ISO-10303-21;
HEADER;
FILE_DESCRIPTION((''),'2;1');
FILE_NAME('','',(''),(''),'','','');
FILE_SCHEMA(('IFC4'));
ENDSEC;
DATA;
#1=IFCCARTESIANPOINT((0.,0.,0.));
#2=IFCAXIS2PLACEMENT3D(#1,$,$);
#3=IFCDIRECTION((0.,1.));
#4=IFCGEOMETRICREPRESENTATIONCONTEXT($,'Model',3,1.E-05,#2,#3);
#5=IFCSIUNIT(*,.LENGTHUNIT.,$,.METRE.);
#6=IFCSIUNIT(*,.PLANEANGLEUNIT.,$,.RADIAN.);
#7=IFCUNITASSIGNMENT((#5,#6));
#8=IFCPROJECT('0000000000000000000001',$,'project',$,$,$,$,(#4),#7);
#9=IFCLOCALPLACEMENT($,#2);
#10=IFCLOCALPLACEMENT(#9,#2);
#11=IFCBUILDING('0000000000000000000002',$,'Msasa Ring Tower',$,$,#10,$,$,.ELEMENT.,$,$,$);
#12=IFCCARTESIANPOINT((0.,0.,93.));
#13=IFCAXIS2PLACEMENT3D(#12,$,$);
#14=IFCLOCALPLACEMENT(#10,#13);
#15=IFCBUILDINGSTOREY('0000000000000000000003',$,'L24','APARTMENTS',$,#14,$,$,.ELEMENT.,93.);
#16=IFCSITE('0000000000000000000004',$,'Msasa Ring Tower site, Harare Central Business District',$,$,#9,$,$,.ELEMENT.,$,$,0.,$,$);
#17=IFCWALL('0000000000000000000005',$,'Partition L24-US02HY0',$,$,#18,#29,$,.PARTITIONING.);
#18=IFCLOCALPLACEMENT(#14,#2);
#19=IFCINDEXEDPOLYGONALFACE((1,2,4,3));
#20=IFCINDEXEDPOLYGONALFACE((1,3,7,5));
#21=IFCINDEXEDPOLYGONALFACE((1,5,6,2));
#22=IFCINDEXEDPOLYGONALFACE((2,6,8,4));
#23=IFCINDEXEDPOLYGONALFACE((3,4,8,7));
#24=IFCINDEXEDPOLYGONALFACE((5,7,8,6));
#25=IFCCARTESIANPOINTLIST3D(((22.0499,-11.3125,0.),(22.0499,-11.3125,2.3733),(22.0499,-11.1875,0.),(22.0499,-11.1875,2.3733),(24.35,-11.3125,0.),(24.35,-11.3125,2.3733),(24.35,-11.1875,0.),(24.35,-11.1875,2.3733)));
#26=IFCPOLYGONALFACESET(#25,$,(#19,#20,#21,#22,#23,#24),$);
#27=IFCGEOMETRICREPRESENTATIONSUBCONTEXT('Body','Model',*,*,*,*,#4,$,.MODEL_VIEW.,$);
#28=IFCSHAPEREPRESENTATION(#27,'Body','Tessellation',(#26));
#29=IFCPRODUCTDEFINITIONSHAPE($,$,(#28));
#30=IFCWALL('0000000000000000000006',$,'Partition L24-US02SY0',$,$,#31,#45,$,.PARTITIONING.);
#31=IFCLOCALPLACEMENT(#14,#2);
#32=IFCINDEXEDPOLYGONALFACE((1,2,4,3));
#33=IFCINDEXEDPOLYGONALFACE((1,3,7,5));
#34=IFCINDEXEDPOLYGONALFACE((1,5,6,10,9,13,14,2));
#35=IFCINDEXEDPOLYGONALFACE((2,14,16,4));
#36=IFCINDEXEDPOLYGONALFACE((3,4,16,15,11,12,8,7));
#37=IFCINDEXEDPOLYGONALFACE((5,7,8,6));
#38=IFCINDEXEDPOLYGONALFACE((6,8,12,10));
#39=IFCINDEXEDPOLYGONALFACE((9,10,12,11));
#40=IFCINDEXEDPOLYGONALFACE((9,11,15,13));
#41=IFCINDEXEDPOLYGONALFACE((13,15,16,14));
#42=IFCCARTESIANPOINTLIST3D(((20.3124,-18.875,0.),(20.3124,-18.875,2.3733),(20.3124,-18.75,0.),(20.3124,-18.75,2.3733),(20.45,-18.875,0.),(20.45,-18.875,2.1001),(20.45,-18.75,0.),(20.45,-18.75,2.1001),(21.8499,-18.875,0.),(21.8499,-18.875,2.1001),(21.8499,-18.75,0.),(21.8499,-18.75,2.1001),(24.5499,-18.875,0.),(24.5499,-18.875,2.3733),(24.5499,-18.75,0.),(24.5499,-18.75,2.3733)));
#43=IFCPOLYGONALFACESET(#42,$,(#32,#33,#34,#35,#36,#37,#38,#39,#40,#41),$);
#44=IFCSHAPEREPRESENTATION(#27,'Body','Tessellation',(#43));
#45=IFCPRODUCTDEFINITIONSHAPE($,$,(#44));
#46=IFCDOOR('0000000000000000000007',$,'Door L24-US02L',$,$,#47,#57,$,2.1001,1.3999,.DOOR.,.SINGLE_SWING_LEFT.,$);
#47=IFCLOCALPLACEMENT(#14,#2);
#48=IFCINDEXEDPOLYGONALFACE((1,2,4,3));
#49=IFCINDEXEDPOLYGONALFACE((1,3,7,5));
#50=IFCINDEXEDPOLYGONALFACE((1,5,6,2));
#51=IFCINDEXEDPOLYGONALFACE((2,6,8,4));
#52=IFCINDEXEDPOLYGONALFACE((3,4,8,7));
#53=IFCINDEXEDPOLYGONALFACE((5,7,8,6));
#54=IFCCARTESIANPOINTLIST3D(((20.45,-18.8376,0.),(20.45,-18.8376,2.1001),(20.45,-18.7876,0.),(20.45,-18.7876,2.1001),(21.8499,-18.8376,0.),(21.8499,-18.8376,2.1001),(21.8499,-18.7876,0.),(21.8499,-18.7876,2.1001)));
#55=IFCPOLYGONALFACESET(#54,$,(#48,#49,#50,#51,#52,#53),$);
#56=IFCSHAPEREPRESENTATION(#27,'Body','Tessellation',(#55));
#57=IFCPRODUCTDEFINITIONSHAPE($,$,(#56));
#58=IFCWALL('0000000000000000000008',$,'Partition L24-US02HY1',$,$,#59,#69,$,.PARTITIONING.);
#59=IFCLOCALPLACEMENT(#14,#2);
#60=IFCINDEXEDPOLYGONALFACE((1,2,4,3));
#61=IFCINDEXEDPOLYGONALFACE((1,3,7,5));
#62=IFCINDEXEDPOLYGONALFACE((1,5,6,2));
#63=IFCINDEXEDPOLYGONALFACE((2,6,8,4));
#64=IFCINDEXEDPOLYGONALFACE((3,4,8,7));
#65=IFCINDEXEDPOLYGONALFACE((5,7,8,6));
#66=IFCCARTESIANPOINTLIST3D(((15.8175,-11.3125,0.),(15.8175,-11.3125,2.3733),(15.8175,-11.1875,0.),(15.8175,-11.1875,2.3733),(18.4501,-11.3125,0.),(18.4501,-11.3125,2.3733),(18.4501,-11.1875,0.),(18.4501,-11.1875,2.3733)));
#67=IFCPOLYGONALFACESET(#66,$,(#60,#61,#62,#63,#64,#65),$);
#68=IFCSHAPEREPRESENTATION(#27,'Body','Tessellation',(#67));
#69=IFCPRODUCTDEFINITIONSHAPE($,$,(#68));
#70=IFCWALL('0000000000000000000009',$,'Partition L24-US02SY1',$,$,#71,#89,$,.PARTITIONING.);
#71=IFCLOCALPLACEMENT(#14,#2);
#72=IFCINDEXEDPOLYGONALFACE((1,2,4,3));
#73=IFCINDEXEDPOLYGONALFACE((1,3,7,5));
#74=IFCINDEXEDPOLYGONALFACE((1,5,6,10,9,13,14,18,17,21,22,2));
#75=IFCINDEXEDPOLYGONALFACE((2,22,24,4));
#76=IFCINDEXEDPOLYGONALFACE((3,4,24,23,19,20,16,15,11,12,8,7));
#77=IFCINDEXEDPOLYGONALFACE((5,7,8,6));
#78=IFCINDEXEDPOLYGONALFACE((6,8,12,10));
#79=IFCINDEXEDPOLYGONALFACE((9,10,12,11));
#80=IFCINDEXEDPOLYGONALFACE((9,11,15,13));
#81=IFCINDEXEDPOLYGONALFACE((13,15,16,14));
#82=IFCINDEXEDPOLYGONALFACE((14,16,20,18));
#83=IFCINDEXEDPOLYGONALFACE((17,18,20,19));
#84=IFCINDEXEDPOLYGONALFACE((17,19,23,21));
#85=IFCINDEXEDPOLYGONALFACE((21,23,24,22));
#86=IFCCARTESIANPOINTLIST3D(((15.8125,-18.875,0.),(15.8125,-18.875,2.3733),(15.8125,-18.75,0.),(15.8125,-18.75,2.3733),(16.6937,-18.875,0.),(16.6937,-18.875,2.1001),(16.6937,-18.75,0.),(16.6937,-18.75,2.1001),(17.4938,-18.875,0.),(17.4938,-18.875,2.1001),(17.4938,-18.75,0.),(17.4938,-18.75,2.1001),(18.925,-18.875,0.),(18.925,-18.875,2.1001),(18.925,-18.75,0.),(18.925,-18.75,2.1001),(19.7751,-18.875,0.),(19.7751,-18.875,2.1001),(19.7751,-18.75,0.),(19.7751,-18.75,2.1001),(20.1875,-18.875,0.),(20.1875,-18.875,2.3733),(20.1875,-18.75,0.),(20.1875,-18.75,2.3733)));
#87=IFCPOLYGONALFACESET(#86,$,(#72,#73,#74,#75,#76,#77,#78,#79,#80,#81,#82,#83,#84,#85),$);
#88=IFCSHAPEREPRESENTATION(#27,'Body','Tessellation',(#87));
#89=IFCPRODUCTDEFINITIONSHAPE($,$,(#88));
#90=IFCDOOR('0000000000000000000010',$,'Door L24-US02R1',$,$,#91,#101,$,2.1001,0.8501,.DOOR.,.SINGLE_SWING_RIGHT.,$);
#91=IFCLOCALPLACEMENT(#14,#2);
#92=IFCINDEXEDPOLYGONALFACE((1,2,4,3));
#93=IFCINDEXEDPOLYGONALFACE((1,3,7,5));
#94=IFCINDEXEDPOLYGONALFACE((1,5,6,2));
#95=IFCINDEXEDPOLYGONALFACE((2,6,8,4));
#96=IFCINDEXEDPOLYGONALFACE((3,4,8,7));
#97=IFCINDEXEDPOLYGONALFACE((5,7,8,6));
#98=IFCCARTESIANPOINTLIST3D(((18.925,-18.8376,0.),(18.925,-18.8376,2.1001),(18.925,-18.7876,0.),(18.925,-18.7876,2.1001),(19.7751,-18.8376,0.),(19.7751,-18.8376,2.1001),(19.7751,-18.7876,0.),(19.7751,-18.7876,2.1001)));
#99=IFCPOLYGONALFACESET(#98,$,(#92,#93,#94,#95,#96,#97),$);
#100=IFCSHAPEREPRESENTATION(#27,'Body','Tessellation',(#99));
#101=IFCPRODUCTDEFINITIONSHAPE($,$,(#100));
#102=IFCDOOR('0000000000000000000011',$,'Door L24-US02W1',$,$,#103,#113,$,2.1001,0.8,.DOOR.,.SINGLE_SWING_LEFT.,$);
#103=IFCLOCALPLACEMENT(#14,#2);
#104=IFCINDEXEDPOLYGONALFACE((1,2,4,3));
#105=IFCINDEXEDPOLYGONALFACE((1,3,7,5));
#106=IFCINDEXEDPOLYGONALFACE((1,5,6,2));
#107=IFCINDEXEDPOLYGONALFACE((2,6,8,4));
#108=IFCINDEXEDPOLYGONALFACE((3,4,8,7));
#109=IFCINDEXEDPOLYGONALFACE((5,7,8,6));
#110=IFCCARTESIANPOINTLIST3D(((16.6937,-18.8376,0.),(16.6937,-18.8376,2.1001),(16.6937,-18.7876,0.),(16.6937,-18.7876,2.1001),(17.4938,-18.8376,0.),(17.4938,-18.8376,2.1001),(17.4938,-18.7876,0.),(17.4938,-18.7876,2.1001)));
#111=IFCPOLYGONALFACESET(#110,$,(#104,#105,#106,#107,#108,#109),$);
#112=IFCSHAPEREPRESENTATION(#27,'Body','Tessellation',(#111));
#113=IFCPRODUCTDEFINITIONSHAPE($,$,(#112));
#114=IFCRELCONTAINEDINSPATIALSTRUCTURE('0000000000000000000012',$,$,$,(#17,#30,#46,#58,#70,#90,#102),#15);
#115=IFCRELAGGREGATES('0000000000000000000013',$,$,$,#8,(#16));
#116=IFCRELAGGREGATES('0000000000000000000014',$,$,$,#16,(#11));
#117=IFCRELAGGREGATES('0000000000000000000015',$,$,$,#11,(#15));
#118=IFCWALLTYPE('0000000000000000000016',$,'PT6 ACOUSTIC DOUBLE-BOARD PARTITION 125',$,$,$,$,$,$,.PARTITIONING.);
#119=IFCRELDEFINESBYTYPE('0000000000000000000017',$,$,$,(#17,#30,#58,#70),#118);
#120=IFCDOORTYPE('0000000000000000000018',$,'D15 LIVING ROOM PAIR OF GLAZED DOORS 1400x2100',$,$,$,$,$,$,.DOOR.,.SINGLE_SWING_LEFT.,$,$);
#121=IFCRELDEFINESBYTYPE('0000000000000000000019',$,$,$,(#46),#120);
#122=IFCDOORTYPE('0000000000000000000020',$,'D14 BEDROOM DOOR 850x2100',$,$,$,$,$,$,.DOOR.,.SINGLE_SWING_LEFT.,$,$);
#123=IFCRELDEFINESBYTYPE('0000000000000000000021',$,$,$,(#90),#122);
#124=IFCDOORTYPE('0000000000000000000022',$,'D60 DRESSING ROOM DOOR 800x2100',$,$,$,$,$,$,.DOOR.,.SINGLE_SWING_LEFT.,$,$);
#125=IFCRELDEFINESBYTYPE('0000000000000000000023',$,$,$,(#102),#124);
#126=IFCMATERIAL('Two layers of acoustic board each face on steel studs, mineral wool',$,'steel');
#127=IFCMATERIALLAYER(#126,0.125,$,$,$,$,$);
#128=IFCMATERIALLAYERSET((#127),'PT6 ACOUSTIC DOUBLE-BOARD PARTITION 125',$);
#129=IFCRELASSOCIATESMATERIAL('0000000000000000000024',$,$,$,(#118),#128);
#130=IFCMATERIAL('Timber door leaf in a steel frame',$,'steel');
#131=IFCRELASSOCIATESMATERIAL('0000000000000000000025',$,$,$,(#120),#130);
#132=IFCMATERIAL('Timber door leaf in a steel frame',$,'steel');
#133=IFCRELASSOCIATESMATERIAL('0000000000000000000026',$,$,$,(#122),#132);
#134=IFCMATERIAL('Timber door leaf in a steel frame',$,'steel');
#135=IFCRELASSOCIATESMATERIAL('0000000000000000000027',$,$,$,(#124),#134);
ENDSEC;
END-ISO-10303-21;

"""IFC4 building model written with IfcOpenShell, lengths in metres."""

from ifc_helpers import new_model, si_unit, direction, frame, frame_2d, origin, place, context, subcontext, project, spatial, rectangle, extrude, material, layer, layer_set, type_object, element, fill, save


model = new_model("IFC4")

# Units and contexts
model_context = context("Model", 3, precision=1e-05, world=origin(), true_north=direction((0.0, 1.0)))
body_context = subcontext(model_context, "Body", "Model", "MODEL_VIEW")
ifc_project = project(units=[si_unit("LENGTHUNIT", "METRE"), si_unit("PLANEANGLEUNIT", "RADIAN")], contexts=[model_context])

# Site, building, storey
site_placement = place(None, origin())
site = spatial("IfcSite", under=ifc_project, at=site_placement, Name="Msasa Ring Tower site, Harare Central Business District", CompositionType="ELEMENT", RefElevation=0.0)
building_placement = place(site_placement, origin())
building = spatial("IfcBuilding", under=site, at=building_placement, Name="Msasa Ring Tower", CompositionType="ELEMENT")
storey_placement = place(building_placement, frame((0.0, 0.0, 93.0)))
storey = spatial("IfcBuildingStorey", under=building, at=storey_placement, Name="L24", Description="APARTMENTS", CompositionType="ELEMENT", Elevation=93.0)

# Wall
ifc_material_1 = material(Name="Two layers of acoustic board each face on steel studs, mineral wool", Category="steel")
ifc_layer_1 = layer(ifc_material_1, 0.125)
ifc_layer_set_1 = layer_set([ifc_layer_1], Name="PT6 ACOUSTIC DOUBLE-BOARD PARTITION 125")
wall_type_1 = type_object("IfcWallType", Name="PT6 ACOUSTIC DOUBLE-BOARD PARTITION 125", PredefinedType="PARTITIONING", material=ifc_layer_set_1)
wall_1_placement = place(storey_placement, frame((22.05, -11.25, 0.0), z_axis=(0.0, 0.0, 1.0), x_axis=(1.0, 0.0, 0.0)))
element("IfcWall", 1, at=wall_1_placement, inside=storey, type_object=wall_type_1, Name="Partition L24-US02HY0", PredefinedType="PARTITIONING", context=body_context, shape_type="SweptSolid", body=[
    extrude(rectangle(XDim=2.3, YDim=0.125, at=frame_2d((1.1499, 0.0))), origin(), (0.0, 0.0, 1.0), 2.3733),
])

# Wall, opening, door
wall_2_placement = place(storey_placement, frame((20.3125, -18.8125, 0.0), z_axis=(0.0, 0.0, 1.0), x_axis=(1.0, 0.0, 0.0)))
wall_2 = element("IfcWall", 2, at=wall_2_placement, inside=storey, type_object=wall_type_1, Name="Partition L24-US02SY0", PredefinedType="PARTITIONING", context=body_context, shape_type="SweptSolid", body=[
    extrude(rectangle(XDim=4.2375, YDim=0.125, at=frame_2d((2.1187, 0.0))), origin(), (0.0, 0.0, 1.0), 2.3733),
])
opening_1_placement = place(wall_2_placement, frame((0.1375, 0.0, 0.0)))
opening_1 = element("IfcOpeningElement", 3, at=opening_1_placement, cuts=wall_2, PredefinedType="OPENING", context=body_context, shape_type="SweptSolid", body=[
    extrude(rectangle(XDim=1.3999, YDim=2.1001, at=frame_2d((0.7, 1.05))), frame((0.0, 0.0725, 0.0), z_axis=(0.0, -1.0, 0.0), x_axis=(1.0, 0.0, 0.0)), (0.0, 0.0, 1.0), 0.145),
])
ifc_material_2 = material(Name="Timber door leaf in a steel frame", Category="steel")
door_type_1 = type_object("IfcDoorType", Name="D15 LIVING ROOM PAIR OF GLAZED DOORS 1400x2100", OperationType="SINGLE_SWING_LEFT", PredefinedType="DOOR", material=ifc_material_2)
door_1_placement = place(opening_1_placement, origin())
door_1 = element("IfcDoor", 4, at=door_1_placement, inside=storey, type_object=door_type_1, Name="Door L24-US02L", OperationType="SINGLE_SWING_LEFT", OverallHeight=2.1001, OverallWidth=1.3999, PredefinedType="DOOR", context=body_context, shape_type="SweptSolid", body=[
    extrude(rectangle(XDim=1.3999, YDim=2.1001, at=frame_2d((0.7, 1.05))), frame((0.0, 0.0249, 0.0), z_axis=(0.0, -1.0, 0.0), x_axis=(1.0, 0.0, 0.0)), (0.0, 0.0, 1.0), 0.05),
])
fill(opening_1, door_1)

# Wall
wall_3_placement = place(storey_placement, frame((15.8174, -11.25, 0.0), z_axis=(0.0, 0.0, 1.0), x_axis=(1.0, 0.0, 0.0)))
element("IfcWall", 5, at=wall_3_placement, inside=storey, type_object=wall_type_1, Name="Partition L24-US02HY1", PredefinedType="PARTITIONING", context=body_context, shape_type="SweptSolid", body=[
    extrude(rectangle(XDim=2.6326, YDim=0.125, at=frame_2d((1.3164, 0.0))), origin(), (0.0, 0.0, 1.0), 2.3733),
])

# Wall, openings, doors
wall_4_placement = place(storey_placement, frame((15.8125, -18.8125, 0.0), z_axis=(0.0, 0.0, 1.0), x_axis=(1.0, 0.0, 0.0)))
wall_4 = element("IfcWall", 6, at=wall_4_placement, inside=storey, type_object=wall_type_1, Name="Partition L24-US02SY1", PredefinedType="PARTITIONING", context=body_context, shape_type="SweptSolid", body=[
    extrude(rectangle(XDim=4.375, YDim=0.125, at=frame_2d((2.1875, 0.0))), origin(), (0.0, 0.0, 1.0), 2.3733),
])
opening_2_placement = place(wall_4_placement, frame((3.1125, 0.0, 0.0)))
opening_2 = element("IfcOpeningElement", 7, at=opening_2_placement, cuts=wall_4, PredefinedType="OPENING", context=body_context, shape_type="SweptSolid", body=[
    extrude(rectangle(XDim=0.8501, YDim=2.1001, at=frame_2d((0.425, 1.05))), frame((0.0, 0.0725, 0.0), z_axis=(0.0, -1.0, 0.0), x_axis=(1.0, 0.0, 0.0)), (0.0, 0.0, 1.0), 0.145),
])
opening_3_placement = place(wall_4_placement, frame((0.8813, 0.0, 0.0)))
opening_3 = element("IfcOpeningElement", 8, at=opening_3_placement, cuts=wall_4, PredefinedType="OPENING", context=body_context, shape_type="SweptSolid", body=[
    extrude(rectangle(XDim=0.8, YDim=2.1001, at=frame_2d((0.3999, 1.05))), frame((0.0, 0.0725, 0.0), z_axis=(0.0, -1.0, 0.0), x_axis=(1.0, 0.0, 0.0)), (0.0, 0.0, 1.0), 0.145),
])
ifc_material_3 = material(Name="Timber door leaf in a steel frame", Category="steel")
door_type_2 = type_object("IfcDoorType", Name="D14 BEDROOM DOOR 850x2100", OperationType="SINGLE_SWING_LEFT", PredefinedType="DOOR", material=ifc_material_3)
door_2_placement = place(opening_2_placement, origin())
door_2 = element("IfcDoor", 9, at=door_2_placement, inside=storey, type_object=door_type_2, Name="Door L24-US02R1", OperationType="SINGLE_SWING_RIGHT", OverallHeight=2.1001, OverallWidth=0.8501, PredefinedType="DOOR", context=body_context, shape_type="SweptSolid", body=[
    extrude(rectangle(XDim=0.8501, YDim=2.1001, at=frame_2d((0.425, 1.05))), frame((0.0, 0.0249, 0.0), z_axis=(0.0, -1.0, 0.0), x_axis=(1.0, 0.0, 0.0)), (0.0, 0.0, 1.0), 0.05),
])
fill(opening_2, door_2)
ifc_material_4 = material(Name="Timber door leaf in a steel frame", Category="steel")
door_type_3 = type_object("IfcDoorType", Name="D60 DRESSING ROOM DOOR 800x2100", OperationType="SINGLE_SWING_LEFT", PredefinedType="DOOR", material=ifc_material_4)
door_3_placement = place(opening_3_placement, origin())
door_3 = element("IfcDoor", 10, at=door_3_placement, inside=storey, type_object=door_type_3, Name="Door L24-US02W1", OperationType="SINGLE_SWING_LEFT", OverallHeight=2.1001, OverallWidth=0.8, PredefinedType="DOOR", context=body_context, shape_type="SweptSolid", body=[
    extrude(rectangle(XDim=0.8, YDim=2.1001, at=frame_2d((0.3999, 1.05))), frame((0.0, 0.0249, 0.0), z_axis=(0.0, -1.0, 0.0), x_axis=(1.0, 0.0, 0.0)), (0.0, 0.0, 1.0), 0.05),
])
fill(opening_3, door_3)

save(model, "model.ifc")
